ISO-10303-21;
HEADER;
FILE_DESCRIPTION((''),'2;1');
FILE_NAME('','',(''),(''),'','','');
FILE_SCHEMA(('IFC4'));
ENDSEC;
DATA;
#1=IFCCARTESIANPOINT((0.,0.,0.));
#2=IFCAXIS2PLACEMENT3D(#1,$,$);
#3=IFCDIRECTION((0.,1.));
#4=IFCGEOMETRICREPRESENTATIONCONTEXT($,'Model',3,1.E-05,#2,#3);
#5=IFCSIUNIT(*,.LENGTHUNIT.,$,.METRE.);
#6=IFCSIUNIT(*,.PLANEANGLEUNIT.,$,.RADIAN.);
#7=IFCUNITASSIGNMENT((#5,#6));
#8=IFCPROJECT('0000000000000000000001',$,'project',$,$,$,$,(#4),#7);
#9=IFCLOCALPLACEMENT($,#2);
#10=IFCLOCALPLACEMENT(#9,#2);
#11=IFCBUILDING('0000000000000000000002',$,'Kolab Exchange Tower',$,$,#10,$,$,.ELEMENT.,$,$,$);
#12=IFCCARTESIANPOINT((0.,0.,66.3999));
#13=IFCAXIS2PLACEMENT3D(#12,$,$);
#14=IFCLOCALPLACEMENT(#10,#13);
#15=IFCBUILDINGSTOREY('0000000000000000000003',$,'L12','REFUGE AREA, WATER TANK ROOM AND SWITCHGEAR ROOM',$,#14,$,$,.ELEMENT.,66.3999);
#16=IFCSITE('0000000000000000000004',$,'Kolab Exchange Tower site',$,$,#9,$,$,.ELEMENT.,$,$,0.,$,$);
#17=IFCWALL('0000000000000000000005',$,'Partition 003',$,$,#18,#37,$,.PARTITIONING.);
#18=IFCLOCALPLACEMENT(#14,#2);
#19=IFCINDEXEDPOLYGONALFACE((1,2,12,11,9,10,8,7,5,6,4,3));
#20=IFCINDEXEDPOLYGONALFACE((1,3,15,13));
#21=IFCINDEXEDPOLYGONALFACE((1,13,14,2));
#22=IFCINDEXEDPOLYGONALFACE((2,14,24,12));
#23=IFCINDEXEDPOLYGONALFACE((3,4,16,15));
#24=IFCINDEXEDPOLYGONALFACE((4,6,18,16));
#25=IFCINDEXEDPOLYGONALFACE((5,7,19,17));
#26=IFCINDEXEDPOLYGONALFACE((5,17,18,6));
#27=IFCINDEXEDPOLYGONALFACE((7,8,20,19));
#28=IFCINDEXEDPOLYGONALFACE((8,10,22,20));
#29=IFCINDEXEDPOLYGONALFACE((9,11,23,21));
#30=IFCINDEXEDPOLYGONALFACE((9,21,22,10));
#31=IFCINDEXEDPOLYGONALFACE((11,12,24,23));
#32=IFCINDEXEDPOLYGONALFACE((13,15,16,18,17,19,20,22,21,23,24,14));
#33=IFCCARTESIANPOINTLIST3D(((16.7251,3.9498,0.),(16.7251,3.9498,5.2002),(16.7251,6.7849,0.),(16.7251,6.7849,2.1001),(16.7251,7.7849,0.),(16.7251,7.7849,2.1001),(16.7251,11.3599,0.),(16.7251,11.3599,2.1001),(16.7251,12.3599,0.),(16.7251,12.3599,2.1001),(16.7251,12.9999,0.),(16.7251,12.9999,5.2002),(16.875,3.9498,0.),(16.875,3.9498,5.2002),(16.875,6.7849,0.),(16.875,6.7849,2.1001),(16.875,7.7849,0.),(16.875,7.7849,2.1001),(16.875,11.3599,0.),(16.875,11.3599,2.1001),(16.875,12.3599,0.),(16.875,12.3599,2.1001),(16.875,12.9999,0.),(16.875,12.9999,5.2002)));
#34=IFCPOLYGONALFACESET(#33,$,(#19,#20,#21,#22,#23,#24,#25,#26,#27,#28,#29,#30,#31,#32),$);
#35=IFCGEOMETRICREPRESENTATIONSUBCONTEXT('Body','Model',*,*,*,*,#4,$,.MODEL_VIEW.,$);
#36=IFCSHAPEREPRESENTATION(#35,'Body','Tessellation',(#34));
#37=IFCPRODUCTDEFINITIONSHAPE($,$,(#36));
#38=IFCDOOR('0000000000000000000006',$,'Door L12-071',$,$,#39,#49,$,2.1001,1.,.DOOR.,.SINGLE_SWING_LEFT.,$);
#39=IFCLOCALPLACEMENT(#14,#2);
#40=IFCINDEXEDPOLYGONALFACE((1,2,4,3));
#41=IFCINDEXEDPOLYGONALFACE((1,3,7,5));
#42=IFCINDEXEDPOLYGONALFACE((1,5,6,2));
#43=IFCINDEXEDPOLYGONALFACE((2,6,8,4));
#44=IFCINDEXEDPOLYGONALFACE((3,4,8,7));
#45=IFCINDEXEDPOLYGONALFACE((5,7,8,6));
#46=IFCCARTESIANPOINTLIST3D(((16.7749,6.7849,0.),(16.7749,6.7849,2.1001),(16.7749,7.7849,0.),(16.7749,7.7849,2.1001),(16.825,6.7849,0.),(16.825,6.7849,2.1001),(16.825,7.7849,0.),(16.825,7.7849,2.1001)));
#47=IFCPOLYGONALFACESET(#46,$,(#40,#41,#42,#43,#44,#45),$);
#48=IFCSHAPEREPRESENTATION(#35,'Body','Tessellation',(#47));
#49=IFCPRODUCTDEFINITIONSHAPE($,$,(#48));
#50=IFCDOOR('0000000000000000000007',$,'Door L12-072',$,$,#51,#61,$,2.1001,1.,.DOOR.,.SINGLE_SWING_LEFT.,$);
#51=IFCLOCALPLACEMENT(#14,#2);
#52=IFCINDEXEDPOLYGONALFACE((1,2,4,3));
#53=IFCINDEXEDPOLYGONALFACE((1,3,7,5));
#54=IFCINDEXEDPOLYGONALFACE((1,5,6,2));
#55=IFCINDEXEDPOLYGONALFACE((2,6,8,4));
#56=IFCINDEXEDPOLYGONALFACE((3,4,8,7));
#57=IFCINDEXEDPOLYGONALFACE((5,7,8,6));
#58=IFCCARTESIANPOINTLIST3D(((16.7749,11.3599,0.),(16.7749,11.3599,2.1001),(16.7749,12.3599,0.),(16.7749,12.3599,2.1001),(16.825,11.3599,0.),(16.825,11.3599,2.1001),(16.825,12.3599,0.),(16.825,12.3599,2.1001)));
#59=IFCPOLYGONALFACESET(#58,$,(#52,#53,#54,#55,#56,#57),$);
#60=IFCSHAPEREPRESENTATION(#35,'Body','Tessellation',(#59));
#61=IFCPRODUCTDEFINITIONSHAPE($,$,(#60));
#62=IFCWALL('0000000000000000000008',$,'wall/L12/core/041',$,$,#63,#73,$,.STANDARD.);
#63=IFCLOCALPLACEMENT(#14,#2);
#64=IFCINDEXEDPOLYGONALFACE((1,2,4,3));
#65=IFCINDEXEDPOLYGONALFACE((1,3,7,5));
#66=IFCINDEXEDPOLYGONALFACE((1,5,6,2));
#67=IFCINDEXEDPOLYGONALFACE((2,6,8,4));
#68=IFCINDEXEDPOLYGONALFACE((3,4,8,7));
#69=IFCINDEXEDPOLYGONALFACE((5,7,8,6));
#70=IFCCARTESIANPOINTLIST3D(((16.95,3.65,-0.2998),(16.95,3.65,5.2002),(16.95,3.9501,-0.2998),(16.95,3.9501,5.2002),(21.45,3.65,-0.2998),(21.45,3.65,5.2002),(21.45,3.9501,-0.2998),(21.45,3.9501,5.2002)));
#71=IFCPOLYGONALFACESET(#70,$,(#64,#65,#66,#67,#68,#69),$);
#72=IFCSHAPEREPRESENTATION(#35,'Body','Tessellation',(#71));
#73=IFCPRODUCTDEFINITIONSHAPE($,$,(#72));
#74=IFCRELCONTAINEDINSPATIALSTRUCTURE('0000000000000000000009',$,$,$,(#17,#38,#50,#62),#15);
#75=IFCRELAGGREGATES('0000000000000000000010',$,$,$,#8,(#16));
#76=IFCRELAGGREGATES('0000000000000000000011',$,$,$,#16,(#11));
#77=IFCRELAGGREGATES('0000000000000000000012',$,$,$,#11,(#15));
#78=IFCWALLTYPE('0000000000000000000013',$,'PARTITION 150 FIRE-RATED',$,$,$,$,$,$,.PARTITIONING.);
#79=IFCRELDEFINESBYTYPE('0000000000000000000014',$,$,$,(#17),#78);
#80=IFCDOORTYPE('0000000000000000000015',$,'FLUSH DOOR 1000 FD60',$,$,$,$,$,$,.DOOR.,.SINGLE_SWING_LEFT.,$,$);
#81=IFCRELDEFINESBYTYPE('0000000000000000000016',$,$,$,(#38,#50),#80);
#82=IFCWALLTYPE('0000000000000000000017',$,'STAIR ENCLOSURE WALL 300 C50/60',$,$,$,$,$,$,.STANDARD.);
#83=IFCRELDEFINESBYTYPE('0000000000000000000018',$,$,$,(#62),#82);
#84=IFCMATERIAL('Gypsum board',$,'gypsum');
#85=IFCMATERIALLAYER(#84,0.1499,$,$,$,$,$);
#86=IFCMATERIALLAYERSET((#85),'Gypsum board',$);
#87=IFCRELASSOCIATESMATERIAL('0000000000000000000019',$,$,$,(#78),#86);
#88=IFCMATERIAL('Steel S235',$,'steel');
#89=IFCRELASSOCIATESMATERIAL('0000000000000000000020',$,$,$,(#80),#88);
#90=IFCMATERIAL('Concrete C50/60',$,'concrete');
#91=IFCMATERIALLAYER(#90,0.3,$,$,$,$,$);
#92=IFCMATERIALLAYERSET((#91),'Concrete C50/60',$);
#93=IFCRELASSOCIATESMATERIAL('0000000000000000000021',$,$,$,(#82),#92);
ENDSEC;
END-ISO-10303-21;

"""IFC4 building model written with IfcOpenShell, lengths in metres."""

from ifc_helpers import new_model, si_unit, direction, frame, frame_2d, origin, place, context, subcontext, project, spatial, rectangle, extrude, material, layer, layer_set, type_object, element, fill, save


model = new_model("IFC4")

# Units and contexts
model_context = context("Model", 3, precision=1e-05, world=origin(), true_north=direction((0.0, 1.0)))
body_context = subcontext(model_context, "Body", "Model", "MODEL_VIEW")
ifc_project = project(units=[si_unit("LENGTHUNIT", "METRE"), si_unit("PLANEANGLEUNIT", "RADIAN")], contexts=[model_context])

# Site, building, storey
site_placement = place(None, origin())
site = spatial("IfcSite", under=ifc_project, at=site_placement, Name="Kolab Exchange Tower site", CompositionType="ELEMENT", RefElevation=0.0)
building_placement = place(site_placement, origin())
building = spatial("IfcBuilding", under=site, at=building_placement, Name="Kolab Exchange Tower", CompositionType="ELEMENT")
storey_placement = place(building_placement, frame((0.0, 0.0, 66.3999)))
storey = spatial("IfcBuildingStorey", under=building, at=storey_placement, Name="L12", Description="REFUGE AREA, WATER TANK ROOM AND SWITCHGEAR ROOM", CompositionType="ELEMENT", Elevation=66.3999)

# Shared definitions
ifc_material_1 = material(Name="Steel S235", Category="steel")

# Shared definitions
ifc_material_2 = material(Name="Concrete C50/60", Category="concrete")

# Shared definitions
ifc_material_3 = material(Name="Gypsum board", Category="gypsum")

# Wall, openings, doors
ifc_layer_1 = layer(ifc_material_3, 0.1499)
ifc_layer_set_1 = layer_set([ifc_layer_1], Name="Gypsum board")
wall_type_1 = type_object("IfcWallType", Name="PARTITION 150 FIRE-RATED", PredefinedType="PARTITIONING", material=ifc_layer_set_1)
wall_1_placement = place(storey_placement, frame((16.8, 3.95, 0.0), z_axis=(0.0, 0.0, 1.0), x_axis=(0.0, 1.0, 0.0)))
wall_1 = element("IfcWall", 1, at=wall_1_placement, inside=storey, type_object=wall_type_1, Name="Partition 003", PredefinedType="PARTITIONING", context=body_context, shape_type="SweptSolid", body=[
    extrude(rectangle(XDim=9.05, YDim=0.1499, at=frame_2d((4.5249, 0.0))), origin(), (0.0, 0.0, 1.0), 5.2002),
])
opening_1_placement = place(wall_1_placement, frame((2.835, 0.0, 0.0)))
opening_1 = element("IfcOpeningElement", 2, at=opening_1_placement, cuts=wall_1, PredefinedType="OPENING", context=body_context, shape_type="SweptSolid", body=[
    extrude(rectangle(XDim=1.0, YDim=2.1001, at=frame_2d((0.5, 1.05))), frame((0.0, 0.085, 0.0), z_axis=(0.0, -1.0, 0.0), x_axis=(1.0, 0.0, 0.0)), (0.0, 0.0, 1.0), 0.1699),
])
opening_2_placement = place(wall_1_placement, frame((7.4099, 0.0, 0.0)))
opening_2 = element("IfcOpeningElement", 3, at=opening_2_placement, cuts=wall_1, PredefinedType="OPENING", context=body_context, shape_type="SweptSolid", body=[
    extrude(rectangle(XDim=1.0, YDim=2.1001, at=frame_2d((0.5, 1.05))), frame((0.0, 0.085, 0.0), z_axis=(0.0, -1.0, 0.0), x_axis=(1.0, 0.0, 0.0)), (0.0, 0.0, 1.0), 0.1699),
])
door_type_1 = type_object("IfcDoorType", Name="FLUSH DOOR 1000 FD60", OperationType="SINGLE_SWING_LEFT", PredefinedType="DOOR", material=ifc_material_1)
door_1_placement = place(opening_1_placement, frame((1.0, 0.0, 0.0), z_axis=(0.0, 0.0, 1.0), x_axis=(-1.0, 0.0, 0.0)))
door_1 = element("IfcDoor", 4, at=door_1_placement, inside=storey, type_object=door_type_1, Name="Door L12-071", OperationType="SINGLE_SWING_LEFT", OverallHeight=2.1001, OverallWidth=1.0, PredefinedType="DOOR", context=body_context, shape_type="SweptSolid", body=[
    extrude(rectangle(XDim=1.0, YDim=2.1001, at=frame_2d((0.5, 1.05))), frame((0.0, 0.0249, 0.0), z_axis=(0.0, -1.0, 0.0), x_axis=(1.0, 0.0, 0.0)), (0.0, 0.0, 1.0), 0.05),
])
fill(opening_1, door_1)
door_2_placement = place(opening_2_placement, frame((1.0, 0.0, 0.0), z_axis=(0.0, 0.0, 1.0), x_axis=(-1.0, 0.0, 0.0)))
door_2 = element("IfcDoor", 5, at=door_2_placement, inside=storey, type_object=door_type_1, Name="Door L12-072", OperationType="SINGLE_SWING_LEFT", OverallHeight=2.1001, OverallWidth=1.0, PredefinedType="DOOR", context=body_context, shape_type="SweptSolid", body=[
    extrude(rectangle(XDim=1.0, YDim=2.1001, at=frame_2d((0.5, 1.05))), frame((0.0, 0.0249, 0.0), z_axis=(0.0, -1.0, 0.0), x_axis=(1.0, 0.0, 0.0)), (0.0, 0.0, 1.0), 0.05),
])
fill(opening_2, door_2)

# Wall
ifc_layer_2 = layer(ifc_material_2, 0.3)
ifc_layer_set_2 = layer_set([ifc_layer_2], Name="Concrete C50/60")
wall_type_2 = type_object("IfcWallType", Name="STAIR ENCLOSURE WALL 300 C50/60", PredefinedType="STANDARD", material=ifc_layer_set_2)
wall_2_placement = place(storey_placement, frame((16.95, 3.8, -0.2998), z_axis=(0.0, 0.0, 1.0), x_axis=(1.0, 0.0, 0.0)))
element("IfcWall", 6, at=wall_2_placement, inside=storey, type_object=wall_type_2, Name="wall/L12/core/041", PredefinedType="STANDARD", context=body_context, shape_type="SweptSolid", body=[
    extrude(rectangle(XDim=4.5, YDim=0.3, at=frame_2d((2.25, 0.0))), origin(), (0.0, 0.0, 1.0), 5.5),
])

save(model, "model.ifc")
